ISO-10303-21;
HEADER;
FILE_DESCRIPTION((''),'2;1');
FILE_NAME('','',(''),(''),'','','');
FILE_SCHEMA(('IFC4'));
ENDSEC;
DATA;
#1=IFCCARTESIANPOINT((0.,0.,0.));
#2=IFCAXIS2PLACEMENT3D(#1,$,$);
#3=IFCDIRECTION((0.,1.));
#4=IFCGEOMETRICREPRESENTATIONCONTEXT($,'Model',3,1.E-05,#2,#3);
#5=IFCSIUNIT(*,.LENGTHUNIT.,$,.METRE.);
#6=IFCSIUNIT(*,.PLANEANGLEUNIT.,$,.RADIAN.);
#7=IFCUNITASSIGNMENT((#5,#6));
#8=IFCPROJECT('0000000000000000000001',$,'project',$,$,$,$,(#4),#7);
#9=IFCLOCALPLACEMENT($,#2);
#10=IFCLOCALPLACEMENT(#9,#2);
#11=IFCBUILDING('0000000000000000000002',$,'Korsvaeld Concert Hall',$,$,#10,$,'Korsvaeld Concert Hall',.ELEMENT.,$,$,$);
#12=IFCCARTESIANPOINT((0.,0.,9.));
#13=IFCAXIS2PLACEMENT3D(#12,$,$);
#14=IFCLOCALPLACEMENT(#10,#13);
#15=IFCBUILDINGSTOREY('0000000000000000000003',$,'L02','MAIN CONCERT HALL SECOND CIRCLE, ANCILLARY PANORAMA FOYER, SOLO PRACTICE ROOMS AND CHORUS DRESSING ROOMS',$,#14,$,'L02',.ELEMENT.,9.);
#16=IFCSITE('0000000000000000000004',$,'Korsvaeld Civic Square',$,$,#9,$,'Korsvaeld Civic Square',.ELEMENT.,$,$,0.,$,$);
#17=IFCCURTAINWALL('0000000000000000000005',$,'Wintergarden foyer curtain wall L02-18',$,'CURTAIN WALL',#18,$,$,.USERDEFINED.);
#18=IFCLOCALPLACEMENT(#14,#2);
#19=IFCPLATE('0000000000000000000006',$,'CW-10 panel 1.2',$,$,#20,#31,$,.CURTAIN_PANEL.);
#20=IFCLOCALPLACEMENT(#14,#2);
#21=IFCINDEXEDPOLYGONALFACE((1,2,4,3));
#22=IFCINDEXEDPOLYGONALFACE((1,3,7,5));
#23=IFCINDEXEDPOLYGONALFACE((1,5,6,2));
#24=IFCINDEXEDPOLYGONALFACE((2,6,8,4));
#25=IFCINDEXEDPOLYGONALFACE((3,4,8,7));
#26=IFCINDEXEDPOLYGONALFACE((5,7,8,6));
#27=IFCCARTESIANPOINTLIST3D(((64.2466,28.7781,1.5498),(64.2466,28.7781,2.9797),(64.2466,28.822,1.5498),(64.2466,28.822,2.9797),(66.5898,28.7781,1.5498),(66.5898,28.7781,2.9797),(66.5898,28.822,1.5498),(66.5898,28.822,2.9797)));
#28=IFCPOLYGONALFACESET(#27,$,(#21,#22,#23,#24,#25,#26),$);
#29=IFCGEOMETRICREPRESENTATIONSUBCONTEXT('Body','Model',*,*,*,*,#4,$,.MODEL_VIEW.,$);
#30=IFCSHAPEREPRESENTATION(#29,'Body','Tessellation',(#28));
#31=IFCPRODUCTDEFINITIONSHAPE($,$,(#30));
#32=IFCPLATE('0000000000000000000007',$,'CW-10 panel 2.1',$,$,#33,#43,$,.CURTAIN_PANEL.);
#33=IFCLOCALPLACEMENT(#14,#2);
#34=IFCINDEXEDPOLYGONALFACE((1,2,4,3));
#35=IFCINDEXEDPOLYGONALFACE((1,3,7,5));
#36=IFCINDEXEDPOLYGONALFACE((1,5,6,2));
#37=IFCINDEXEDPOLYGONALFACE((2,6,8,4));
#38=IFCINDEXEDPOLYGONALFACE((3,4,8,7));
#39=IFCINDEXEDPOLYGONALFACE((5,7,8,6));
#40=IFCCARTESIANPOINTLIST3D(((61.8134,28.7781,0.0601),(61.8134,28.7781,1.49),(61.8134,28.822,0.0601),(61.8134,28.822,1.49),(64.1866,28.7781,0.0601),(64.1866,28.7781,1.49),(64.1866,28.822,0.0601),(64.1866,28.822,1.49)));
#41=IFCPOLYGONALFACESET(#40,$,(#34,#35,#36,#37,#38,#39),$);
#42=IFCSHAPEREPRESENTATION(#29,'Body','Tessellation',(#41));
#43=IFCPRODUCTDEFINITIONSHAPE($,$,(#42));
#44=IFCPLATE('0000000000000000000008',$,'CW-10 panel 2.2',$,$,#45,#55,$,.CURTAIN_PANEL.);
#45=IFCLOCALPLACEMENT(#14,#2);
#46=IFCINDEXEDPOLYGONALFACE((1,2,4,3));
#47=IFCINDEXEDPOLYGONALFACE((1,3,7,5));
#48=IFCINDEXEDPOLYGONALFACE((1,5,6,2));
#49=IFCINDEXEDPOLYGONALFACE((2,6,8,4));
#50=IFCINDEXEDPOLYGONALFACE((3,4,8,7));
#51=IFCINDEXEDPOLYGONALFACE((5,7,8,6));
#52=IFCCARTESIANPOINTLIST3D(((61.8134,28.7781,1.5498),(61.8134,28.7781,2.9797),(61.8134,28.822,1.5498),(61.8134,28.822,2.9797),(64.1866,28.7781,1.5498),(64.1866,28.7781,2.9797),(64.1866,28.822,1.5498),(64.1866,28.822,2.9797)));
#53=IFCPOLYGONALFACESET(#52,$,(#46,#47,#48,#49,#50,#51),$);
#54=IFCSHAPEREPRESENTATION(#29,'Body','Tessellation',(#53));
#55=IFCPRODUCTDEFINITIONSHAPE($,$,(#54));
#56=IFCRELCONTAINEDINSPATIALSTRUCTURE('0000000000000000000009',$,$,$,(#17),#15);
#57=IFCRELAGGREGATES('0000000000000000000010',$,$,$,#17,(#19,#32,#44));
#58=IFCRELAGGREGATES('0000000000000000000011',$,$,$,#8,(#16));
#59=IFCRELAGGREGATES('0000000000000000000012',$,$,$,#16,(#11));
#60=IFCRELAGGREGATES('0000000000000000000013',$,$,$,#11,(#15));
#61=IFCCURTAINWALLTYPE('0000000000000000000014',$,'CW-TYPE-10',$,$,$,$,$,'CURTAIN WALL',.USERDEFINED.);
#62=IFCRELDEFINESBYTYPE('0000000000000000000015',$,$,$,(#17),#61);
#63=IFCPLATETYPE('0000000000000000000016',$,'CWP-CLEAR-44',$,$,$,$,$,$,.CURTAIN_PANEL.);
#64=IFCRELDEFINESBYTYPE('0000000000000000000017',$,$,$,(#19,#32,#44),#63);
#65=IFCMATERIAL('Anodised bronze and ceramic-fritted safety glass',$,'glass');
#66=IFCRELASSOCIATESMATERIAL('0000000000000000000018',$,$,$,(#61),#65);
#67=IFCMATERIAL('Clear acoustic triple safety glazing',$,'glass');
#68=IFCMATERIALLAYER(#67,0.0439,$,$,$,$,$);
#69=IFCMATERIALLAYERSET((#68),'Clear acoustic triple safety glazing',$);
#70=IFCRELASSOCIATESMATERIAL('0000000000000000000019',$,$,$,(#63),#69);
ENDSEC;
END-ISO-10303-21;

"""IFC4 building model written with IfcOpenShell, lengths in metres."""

from ifc_helpers import new_model, si_unit, direction, frame, origin, origin_2d, place, context, subcontext, project, spatial, rectangle, extrude, material, layer, layer_set, type_object, element, aggregate, save


model = new_model("IFC4")

# Units and contexts
model_context = context("Model", 3, precision=1e-05, world=origin(), true_north=direction((0.0, 1.0)))
body_context = subcontext(model_context, "Body", "Model", "MODEL_VIEW")
ifc_project = project(units=[si_unit("LENGTHUNIT", "METRE"), si_unit("PLANEANGLEUNIT", "RADIAN")], contexts=[model_context])

# Site, building, storey
site_placement = place(None, origin())
site = spatial("IfcSite", under=ifc_project, at=site_placement, Name="Korsvaeld Civic Square", LongName="Korsvaeld Civic Square", CompositionType="ELEMENT", RefElevation=0.0)
building_placement = place(site_placement, origin())
building = spatial("IfcBuilding", under=site, at=building_placement, Name="Korsvaeld Concert Hall", LongName="Korsvaeld Concert Hall", CompositionType="ELEMENT")
storey_placement = place(building_placement, frame((0.0, 0.0, 9.0)))
storey = spatial("IfcBuildingStorey", under=building, at=storey_placement, Name="L02", Description="MAIN CONCERT HALL SECOND CIRCLE, ANCILLARY PANORAMA FOYER, SOLO PRACTICE ROOMS AND CHORUS DRESSING ROOMS", LongName="L02", CompositionType="ELEMENT", Elevation=9.0)

# Curtain wall
ifc_material_1 = material(Name="Anodised bronze and ceramic-fritted safety glass", Category="glass")
curtain_wall_type_1 = type_object("IfcCurtainWallType", Name="CW-TYPE-10", ElementType="CURTAIN WALL", PredefinedType="USERDEFINED", material=ifc_material_1)
curtain_wall_1_placement = place(storey_placement, origin())
curtain_wall_1 = element("IfcCurtainWall", 1, at=curtain_wall_1_placement, inside=storey, type_object=curtain_wall_type_1, Name="Wintergarden foyer curtain wall L02-18", ObjectType="CURTAIN WALL", PredefinedType="USERDEFINED")

# Plates
ifc_material_2 = material(Name="Clear acoustic triple safety glazing", Category="glass")
ifc_layer = layer(ifc_material_2, 0.0439)
ifc_layer_set = layer_set([ifc_layer], Name="Clear acoustic triple safety glazing")
plate_type = type_object("IfcPlateType", Name="CWP-CLEAR-44", PredefinedType="CURTAIN_PANEL", material=ifc_layer_set)
plate_1_placement = place(storey_placement, frame((65.4182, 28.8, 1.5498), z_axis=(0.0, 0.0, 1.0), x_axis=(-1.0, 0.0, 0.0)))
plate_1 = element("IfcPlate", 2, at=plate_1_placement, type_object=plate_type, Name="CW-10 panel 1.2", PredefinedType="CURTAIN_PANEL", context=body_context, shape_type="SweptSolid", body=[
    extrude(rectangle(XDim=2.3433, YDim=0.0439, at=origin_2d()), origin(), (0.0, 0.0, 1.0), 1.4299),
])
plate_2_placement = place(storey_placement, frame((63.0, 28.8, 0.0601), z_axis=(0.0, 0.0, 1.0), x_axis=(-1.0, 0.0, 0.0)))
plate_2 = element("IfcPlate", 3, at=plate_2_placement, type_object=plate_type, Name="CW-10 panel 2.1", PredefinedType="CURTAIN_PANEL", context=body_context, shape_type="SweptSolid", body=[
    extrude(rectangle(XDim=2.3733, YDim=0.0439, at=origin_2d()), origin(), (0.0, 0.0, 1.0), 1.4299),
])
plate_3_placement = place(storey_placement, frame((63.0, 28.8, 1.5498), z_axis=(0.0, 0.0, 1.0), x_axis=(-1.0, 0.0, 0.0)))
plate_3 = element("IfcPlate", 4, at=plate_3_placement, type_object=plate_type, Name="CW-10 panel 2.2", PredefinedType="CURTAIN_PANEL", context=body_context, shape_type="SweptSolid", body=[
    extrude(rectangle(XDim=2.3733, YDim=0.0439, at=origin_2d()), origin(), (0.0, 0.0, 1.0), 1.4299),
])
aggregate(curtain_wall_1, [plate_1, plate_2, plate_3])

save(model, "model.ifc")
